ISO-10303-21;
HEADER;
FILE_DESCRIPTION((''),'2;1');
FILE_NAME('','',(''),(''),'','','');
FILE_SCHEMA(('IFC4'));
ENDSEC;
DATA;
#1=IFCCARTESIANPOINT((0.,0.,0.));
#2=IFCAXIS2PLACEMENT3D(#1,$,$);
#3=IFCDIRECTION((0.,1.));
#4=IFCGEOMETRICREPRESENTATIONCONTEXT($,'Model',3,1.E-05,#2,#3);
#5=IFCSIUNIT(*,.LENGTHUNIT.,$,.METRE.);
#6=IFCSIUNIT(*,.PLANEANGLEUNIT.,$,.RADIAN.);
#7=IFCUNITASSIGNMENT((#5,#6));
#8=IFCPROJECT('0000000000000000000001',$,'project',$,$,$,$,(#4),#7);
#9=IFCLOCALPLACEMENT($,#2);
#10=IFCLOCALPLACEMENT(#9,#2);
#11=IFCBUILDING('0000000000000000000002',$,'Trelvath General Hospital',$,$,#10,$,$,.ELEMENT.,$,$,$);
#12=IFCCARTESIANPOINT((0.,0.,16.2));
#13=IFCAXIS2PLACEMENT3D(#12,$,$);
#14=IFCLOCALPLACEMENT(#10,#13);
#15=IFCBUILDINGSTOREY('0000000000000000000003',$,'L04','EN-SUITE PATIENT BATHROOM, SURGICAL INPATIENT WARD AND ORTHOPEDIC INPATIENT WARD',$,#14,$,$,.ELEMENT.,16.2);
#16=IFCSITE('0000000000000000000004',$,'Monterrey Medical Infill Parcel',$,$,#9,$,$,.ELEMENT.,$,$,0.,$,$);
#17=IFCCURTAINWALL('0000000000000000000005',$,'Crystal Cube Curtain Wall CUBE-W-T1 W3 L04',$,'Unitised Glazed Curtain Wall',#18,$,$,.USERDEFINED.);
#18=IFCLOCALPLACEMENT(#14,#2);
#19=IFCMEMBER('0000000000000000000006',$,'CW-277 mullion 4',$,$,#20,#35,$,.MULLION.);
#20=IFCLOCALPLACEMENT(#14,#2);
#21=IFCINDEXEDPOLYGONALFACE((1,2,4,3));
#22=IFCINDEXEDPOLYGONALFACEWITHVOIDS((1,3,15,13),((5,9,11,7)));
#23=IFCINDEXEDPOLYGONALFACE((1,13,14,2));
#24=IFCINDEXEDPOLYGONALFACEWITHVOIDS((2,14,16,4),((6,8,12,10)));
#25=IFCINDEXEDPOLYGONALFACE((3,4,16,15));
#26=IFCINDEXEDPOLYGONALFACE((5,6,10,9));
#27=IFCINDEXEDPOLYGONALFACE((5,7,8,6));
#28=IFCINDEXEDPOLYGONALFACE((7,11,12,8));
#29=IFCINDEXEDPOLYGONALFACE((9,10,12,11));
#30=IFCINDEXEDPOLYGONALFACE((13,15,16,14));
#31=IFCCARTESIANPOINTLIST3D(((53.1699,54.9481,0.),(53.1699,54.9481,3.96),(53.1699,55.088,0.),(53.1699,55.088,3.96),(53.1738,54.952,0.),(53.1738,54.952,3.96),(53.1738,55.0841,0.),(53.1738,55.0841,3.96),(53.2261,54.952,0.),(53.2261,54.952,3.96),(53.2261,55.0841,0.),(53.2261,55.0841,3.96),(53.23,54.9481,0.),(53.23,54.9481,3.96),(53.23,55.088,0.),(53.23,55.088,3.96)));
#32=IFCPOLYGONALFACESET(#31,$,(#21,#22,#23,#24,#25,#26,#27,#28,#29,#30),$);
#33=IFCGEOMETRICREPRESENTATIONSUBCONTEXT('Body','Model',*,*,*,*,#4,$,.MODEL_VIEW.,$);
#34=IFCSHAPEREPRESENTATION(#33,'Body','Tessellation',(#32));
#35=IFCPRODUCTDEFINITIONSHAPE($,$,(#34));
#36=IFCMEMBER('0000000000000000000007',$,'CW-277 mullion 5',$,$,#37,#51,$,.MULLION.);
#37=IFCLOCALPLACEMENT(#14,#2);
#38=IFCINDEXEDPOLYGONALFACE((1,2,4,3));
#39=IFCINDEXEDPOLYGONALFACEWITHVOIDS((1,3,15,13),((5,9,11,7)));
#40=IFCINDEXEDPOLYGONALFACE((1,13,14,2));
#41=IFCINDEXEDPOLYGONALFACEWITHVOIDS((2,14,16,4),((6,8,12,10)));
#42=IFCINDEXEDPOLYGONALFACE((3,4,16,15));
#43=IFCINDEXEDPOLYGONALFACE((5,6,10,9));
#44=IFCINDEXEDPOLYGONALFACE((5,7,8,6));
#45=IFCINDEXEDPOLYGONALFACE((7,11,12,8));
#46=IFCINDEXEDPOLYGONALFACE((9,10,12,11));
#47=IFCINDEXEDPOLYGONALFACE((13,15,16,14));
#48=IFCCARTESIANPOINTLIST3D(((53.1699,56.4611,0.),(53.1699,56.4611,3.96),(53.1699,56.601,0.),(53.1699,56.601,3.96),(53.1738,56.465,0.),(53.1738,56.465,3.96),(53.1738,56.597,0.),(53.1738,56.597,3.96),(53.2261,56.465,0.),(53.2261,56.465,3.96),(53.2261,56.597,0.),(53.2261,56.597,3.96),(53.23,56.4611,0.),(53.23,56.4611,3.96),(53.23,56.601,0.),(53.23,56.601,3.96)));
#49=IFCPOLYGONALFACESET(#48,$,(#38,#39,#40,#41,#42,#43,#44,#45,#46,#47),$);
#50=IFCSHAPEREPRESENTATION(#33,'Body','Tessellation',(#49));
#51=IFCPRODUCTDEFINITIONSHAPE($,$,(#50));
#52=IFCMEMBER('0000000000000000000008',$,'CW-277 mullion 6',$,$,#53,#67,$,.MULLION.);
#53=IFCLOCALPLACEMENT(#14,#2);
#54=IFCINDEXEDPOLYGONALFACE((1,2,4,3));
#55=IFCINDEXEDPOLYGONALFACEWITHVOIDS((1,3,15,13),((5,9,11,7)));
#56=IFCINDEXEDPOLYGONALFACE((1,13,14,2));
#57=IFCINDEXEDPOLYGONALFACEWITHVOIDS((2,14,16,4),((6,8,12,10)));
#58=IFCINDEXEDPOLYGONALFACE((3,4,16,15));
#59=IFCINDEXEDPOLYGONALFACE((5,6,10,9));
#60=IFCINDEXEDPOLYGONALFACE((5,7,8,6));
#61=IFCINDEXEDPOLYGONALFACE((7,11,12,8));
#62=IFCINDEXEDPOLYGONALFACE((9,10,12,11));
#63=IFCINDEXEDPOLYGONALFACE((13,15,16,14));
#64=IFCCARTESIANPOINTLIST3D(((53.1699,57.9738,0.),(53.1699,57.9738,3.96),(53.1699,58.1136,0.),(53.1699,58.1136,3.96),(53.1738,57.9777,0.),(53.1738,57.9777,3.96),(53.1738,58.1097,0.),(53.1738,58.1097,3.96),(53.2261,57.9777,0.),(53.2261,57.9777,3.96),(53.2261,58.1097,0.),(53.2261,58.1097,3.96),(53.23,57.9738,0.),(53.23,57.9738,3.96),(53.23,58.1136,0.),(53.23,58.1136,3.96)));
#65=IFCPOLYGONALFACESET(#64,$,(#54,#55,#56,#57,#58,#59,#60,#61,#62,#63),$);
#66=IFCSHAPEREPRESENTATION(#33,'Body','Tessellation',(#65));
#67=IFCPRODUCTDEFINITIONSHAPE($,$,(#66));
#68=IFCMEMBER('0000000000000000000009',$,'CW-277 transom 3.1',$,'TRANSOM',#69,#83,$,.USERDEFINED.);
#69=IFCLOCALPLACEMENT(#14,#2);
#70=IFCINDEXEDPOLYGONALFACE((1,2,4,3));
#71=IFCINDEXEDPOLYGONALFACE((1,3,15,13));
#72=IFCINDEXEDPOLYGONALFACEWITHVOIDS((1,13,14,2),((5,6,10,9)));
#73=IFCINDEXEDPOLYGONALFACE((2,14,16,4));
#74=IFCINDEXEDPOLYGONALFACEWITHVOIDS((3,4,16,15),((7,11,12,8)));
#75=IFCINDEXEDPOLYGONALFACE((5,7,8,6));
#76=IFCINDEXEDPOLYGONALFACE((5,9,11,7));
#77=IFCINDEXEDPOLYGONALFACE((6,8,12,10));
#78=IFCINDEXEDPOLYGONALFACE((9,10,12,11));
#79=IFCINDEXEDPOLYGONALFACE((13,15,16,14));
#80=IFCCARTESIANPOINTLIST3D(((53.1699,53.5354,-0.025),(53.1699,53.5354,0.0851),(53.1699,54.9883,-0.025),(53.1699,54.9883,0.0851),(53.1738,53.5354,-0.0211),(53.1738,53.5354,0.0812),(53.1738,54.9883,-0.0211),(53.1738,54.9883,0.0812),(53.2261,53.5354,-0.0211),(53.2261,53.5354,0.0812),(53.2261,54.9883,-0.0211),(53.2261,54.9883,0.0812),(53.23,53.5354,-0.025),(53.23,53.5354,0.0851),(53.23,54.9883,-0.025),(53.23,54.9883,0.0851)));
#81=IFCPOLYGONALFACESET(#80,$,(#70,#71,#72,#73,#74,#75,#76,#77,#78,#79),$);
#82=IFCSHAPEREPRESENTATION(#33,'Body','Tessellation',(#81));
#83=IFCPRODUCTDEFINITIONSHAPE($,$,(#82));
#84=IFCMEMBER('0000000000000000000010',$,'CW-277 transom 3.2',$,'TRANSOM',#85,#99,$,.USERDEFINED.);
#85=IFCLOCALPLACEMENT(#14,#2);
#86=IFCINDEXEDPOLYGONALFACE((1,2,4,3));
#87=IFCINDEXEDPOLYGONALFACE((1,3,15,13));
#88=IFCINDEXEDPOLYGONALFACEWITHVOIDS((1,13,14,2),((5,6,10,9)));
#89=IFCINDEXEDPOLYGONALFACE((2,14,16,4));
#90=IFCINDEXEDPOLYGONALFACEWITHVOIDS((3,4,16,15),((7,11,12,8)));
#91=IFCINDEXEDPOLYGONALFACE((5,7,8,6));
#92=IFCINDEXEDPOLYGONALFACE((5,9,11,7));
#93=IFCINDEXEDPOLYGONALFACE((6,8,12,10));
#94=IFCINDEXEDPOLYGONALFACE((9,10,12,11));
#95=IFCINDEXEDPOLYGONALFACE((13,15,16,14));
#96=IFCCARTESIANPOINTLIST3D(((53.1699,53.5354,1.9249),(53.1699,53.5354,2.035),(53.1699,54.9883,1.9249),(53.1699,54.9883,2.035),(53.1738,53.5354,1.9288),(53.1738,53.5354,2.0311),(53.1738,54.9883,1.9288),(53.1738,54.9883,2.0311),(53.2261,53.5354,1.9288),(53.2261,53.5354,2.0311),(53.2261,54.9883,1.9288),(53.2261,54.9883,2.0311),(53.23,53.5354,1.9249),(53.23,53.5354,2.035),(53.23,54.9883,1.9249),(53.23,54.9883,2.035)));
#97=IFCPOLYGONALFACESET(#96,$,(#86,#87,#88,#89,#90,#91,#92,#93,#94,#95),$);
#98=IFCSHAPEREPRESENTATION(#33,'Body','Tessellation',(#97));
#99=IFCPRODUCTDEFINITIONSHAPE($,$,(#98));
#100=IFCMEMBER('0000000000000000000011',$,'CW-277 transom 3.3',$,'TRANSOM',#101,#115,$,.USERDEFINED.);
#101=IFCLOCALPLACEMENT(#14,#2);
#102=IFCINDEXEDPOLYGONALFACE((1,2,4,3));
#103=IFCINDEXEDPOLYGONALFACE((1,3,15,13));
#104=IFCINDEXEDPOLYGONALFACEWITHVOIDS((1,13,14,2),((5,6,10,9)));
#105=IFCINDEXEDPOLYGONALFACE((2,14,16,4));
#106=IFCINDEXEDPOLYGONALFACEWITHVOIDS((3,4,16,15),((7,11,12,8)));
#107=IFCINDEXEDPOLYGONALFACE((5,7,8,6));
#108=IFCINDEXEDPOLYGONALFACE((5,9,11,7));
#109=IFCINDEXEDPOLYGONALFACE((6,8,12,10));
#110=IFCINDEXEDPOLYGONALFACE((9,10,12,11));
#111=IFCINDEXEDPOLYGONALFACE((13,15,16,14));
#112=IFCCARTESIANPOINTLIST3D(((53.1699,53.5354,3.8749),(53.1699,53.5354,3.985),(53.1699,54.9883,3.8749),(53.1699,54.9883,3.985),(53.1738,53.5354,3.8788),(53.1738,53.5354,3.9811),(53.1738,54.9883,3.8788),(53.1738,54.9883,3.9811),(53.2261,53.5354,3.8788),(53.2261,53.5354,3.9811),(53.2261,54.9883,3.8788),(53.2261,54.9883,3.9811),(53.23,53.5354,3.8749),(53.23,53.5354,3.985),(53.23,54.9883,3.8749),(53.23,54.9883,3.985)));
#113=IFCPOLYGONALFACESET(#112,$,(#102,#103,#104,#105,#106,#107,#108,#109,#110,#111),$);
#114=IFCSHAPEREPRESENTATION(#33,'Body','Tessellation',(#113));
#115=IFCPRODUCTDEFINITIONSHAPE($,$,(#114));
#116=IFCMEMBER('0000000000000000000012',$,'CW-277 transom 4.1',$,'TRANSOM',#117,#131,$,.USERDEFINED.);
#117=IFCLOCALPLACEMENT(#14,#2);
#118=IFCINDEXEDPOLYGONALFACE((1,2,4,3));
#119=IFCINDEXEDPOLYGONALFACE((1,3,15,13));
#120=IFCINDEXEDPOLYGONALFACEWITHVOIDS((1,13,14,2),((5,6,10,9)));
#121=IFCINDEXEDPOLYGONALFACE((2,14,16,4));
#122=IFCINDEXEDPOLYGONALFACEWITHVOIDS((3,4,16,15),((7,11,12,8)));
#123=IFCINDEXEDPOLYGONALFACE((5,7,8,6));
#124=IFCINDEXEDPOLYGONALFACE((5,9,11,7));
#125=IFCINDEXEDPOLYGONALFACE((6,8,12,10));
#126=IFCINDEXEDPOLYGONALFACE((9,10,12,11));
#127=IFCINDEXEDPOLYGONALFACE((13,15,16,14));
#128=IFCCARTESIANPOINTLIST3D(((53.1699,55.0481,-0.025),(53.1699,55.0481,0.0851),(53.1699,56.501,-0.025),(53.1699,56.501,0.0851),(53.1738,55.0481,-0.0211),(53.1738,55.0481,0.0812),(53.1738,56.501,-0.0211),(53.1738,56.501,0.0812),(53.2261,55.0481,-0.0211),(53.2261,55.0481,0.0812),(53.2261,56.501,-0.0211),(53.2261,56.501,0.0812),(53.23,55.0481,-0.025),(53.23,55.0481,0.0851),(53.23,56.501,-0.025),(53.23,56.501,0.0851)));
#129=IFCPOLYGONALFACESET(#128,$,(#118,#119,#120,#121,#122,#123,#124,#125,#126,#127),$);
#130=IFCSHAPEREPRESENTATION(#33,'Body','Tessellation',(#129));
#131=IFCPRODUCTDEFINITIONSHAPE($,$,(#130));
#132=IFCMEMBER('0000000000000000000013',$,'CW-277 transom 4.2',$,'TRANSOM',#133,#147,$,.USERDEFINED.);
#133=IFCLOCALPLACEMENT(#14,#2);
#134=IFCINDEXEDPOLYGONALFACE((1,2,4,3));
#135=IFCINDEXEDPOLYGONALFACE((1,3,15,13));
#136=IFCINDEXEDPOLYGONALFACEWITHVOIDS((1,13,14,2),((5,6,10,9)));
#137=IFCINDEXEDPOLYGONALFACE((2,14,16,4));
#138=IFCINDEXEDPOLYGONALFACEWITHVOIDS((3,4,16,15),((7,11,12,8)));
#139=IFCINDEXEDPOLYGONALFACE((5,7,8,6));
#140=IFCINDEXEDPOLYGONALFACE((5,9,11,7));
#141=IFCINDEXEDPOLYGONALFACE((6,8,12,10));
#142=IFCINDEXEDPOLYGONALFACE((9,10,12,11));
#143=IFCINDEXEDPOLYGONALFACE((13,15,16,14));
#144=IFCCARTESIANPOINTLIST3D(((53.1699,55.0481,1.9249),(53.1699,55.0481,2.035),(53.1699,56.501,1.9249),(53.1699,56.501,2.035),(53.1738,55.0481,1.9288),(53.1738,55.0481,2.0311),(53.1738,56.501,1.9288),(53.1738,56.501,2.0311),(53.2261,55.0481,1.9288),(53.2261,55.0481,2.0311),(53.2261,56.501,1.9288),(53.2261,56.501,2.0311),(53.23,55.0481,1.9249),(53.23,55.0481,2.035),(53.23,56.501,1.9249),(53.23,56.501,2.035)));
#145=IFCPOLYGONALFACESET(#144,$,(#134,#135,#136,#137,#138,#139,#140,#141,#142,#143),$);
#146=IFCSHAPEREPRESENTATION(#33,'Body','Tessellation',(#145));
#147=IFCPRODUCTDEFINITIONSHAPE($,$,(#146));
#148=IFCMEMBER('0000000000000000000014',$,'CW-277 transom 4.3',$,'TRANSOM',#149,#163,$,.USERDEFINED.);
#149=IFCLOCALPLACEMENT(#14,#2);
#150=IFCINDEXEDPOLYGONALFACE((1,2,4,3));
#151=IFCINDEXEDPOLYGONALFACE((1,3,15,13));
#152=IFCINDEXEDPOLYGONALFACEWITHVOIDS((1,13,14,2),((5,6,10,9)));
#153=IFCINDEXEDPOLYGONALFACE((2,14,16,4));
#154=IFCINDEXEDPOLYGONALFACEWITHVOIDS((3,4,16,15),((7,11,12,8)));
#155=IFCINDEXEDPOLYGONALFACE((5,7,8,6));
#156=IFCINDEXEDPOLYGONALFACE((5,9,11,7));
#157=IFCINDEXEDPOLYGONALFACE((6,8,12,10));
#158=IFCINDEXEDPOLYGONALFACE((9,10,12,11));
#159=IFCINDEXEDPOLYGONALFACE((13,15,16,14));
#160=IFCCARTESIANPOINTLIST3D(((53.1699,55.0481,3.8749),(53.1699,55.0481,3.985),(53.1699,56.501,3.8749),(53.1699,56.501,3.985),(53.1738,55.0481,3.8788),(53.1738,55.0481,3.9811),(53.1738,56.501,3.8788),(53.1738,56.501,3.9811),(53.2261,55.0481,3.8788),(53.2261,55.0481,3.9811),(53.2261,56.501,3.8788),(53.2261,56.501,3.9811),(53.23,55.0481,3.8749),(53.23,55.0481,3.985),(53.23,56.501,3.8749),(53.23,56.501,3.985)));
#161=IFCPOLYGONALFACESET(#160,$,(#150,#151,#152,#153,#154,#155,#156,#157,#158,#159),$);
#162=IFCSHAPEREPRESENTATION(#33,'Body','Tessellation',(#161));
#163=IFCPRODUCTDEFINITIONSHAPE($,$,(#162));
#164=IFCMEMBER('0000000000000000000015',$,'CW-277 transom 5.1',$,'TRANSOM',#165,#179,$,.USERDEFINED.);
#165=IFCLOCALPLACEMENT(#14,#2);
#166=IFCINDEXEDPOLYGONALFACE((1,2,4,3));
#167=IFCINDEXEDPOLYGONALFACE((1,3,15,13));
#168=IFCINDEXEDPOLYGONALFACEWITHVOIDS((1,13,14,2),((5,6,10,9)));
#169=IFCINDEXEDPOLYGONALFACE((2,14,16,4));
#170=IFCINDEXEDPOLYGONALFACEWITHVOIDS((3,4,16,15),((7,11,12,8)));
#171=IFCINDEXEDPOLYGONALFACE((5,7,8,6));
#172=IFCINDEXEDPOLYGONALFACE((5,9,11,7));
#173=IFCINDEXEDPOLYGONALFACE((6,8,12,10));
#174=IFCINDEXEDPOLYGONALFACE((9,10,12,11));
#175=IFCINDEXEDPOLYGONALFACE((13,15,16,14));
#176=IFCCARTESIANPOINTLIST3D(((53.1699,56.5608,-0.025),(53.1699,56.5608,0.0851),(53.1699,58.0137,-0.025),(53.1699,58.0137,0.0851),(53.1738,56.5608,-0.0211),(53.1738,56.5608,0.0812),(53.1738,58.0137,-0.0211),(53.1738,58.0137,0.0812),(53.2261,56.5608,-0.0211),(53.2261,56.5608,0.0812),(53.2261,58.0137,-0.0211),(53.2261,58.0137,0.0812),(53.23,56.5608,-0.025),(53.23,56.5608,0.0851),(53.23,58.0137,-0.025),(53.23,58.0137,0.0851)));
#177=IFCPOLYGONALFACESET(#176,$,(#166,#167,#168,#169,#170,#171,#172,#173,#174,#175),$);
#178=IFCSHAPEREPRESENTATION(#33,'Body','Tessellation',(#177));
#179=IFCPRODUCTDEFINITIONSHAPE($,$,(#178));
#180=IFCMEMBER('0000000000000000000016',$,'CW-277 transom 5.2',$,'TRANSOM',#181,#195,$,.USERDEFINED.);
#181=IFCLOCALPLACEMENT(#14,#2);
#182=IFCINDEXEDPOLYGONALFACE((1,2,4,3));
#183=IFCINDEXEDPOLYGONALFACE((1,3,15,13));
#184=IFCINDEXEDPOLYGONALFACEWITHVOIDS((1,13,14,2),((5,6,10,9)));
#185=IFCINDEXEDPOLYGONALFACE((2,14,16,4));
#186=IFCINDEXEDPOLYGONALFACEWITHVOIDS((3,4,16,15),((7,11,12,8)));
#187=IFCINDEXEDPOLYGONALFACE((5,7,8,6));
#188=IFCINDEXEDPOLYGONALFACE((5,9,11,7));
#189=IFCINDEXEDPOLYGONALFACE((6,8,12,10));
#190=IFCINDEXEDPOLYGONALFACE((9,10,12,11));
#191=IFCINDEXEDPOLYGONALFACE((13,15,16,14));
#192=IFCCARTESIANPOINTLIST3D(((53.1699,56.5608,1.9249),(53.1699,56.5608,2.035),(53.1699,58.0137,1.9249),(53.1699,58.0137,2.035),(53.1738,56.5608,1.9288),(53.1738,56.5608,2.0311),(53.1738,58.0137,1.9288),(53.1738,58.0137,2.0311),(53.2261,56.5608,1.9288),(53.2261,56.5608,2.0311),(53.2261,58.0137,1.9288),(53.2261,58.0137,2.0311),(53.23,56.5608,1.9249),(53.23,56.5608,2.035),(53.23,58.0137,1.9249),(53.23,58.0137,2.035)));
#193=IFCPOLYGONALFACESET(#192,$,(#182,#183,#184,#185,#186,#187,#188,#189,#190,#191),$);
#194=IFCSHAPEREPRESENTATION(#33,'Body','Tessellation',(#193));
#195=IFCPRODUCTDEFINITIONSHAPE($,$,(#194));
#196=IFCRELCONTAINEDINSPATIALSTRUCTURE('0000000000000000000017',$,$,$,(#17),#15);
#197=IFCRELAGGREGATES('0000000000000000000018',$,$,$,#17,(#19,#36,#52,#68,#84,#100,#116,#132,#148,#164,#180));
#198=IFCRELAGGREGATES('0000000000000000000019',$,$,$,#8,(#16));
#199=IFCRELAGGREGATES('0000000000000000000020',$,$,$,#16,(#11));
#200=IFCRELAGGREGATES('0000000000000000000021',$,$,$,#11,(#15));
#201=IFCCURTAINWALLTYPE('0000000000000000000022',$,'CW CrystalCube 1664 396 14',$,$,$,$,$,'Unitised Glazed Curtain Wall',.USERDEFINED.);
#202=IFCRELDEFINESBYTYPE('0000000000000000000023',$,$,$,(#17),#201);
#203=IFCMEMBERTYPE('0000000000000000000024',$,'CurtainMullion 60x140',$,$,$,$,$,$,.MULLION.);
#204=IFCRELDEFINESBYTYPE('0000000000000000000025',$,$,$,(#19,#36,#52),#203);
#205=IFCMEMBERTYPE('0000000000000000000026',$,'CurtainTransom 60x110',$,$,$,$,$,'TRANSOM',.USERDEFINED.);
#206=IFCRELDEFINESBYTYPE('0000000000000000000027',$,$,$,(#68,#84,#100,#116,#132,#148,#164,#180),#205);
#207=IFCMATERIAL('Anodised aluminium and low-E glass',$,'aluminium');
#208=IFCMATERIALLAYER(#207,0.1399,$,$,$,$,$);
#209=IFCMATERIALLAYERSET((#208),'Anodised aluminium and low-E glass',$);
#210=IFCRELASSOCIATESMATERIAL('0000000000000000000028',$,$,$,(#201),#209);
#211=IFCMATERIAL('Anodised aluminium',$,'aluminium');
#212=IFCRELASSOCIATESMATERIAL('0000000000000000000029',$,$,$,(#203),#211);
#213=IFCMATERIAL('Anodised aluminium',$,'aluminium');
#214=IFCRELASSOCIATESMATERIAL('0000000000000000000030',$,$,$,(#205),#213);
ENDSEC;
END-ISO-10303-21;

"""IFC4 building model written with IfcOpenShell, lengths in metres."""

from ifc_helpers import new_model, si_unit, direction, frame, origin, origin_2d, place, context, subcontext, project, spatial, hollow_rectangle, extrude, material, layer, layer_set, material_profile, profile_set, type_object, element, aggregate, save


model = new_model("IFC4")

# Units and contexts
model_context = context("Model", 3, precision=1e-05, world=origin(), true_north=direction((0.0, 1.0)))
body_context = subcontext(model_context, "Body", "Model", "MODEL_VIEW")
ifc_project = project(units=[si_unit("LENGTHUNIT", "METRE"), si_unit("PLANEANGLEUNIT", "RADIAN")], contexts=[model_context])

# Site, building, storey
site_placement = place(None, origin())
site = spatial("IfcSite", under=ifc_project, at=site_placement, Name="Monterrey Medical Infill Parcel", CompositionType="ELEMENT", RefElevation=0.0)
building_placement = place(site_placement, origin())
building = spatial("IfcBuilding", under=site, at=building_placement, Name="Trelvath General Hospital", CompositionType="ELEMENT")
storey_placement = place(building_placement, frame((0.0, 0.0, 16.2)))
storey = spatial("IfcBuildingStorey", under=building, at=storey_placement, Name="L04", Description="EN-SUITE PATIENT BATHROOM, SURGICAL INPATIENT WARD AND ORTHOPEDIC INPATIENT WARD", CompositionType="ELEMENT", Elevation=16.2)

# Curtain wall, members
ifc_material_1 = material(Name="Anodised aluminium and low-E glass", Category="aluminium")
ifc_layer_1 = layer(ifc_material_1, 0.1399)
ifc_layer_set_1 = layer_set([ifc_layer_1], Name="Anodised aluminium and low-E glass")
curtain_wall_type = type_object("IfcCurtainWallType", Name="CW CrystalCube 1664 396 14", ElementType="Unitised Glazed Curtain Wall", PredefinedType="USERDEFINED", material=ifc_layer_set_1)
curtain_wall_placement = place(storey_placement, origin())
curtain_wall = element("IfcCurtainWall", 1, at=curtain_wall_placement, inside=storey, type_object=curtain_wall_type, Name="Crystal Cube Curtain Wall CUBE-W-T1 W3 L04", ObjectType="Unitised Glazed Curtain Wall", PredefinedType="USERDEFINED")
ifc_material_2 = material(Name="Anodised aluminium", Category="aluminium")
ifc_material_profile_1 = material_profile(ifc_material_2, hollow_rectangle(XDim=0.0601, YDim=0.1399, WallThickness=0.0039, at=origin_2d()), Name="RHS60x140x4")
ifc_profile_set_1 = profile_set([ifc_material_profile_1], Name="Anodised aluminium")
member_type_1 = type_object("IfcMemberType", Name="CurtainMullion 60x140", PredefinedType="MULLION", material=ifc_profile_set_1)
member_1_placement = place(storey_placement, frame((53.2, 55.0181, 0.0), z_axis=(0.0, 0.0, 1.0), x_axis=(-1.0, 0.0, 0.0)))
member_1 = element("IfcMember", 2, at=member_1_placement, type_object=member_type_1, Name="CW-277 mullion 4", PredefinedType="MULLION", context=body_context, shape_type="SweptSolid", body=[
    extrude(hollow_rectangle(XDim=0.0601, YDim=0.1399, WallThickness=0.0039, at=origin_2d()), origin(), (0.0, 0.0, 1.0), 3.96),
])
member_2_placement = place(storey_placement, frame((53.2, 56.531, 0.0), z_axis=(0.0, 0.0, 1.0), x_axis=(-1.0, 0.0, 0.0)))
member_2 = element("IfcMember", 3, at=member_2_placement, type_object=member_type_1, Name="CW-277 mullion 5", PredefinedType="MULLION", context=body_context, shape_type="SweptSolid", body=[
    extrude(hollow_rectangle(XDim=0.0601, YDim=0.1399, WallThickness=0.0039, at=origin_2d()), origin(), (0.0, 0.0, 1.0), 3.96),
])
member_3_placement = place(storey_placement, frame((53.2, 58.0437, 0.0), z_axis=(0.0, 0.0, 1.0), x_axis=(-1.0, 0.0, 0.0)))
member_3 = element("IfcMember", 4, at=member_3_placement, type_object=member_type_1, Name="CW-277 mullion 6", PredefinedType="MULLION", context=body_context, shape_type="SweptSolid", body=[
    extrude(hollow_rectangle(XDim=0.0601, YDim=0.1399, WallThickness=0.0039, at=origin_2d()), origin(), (0.0, 0.0, 1.0), 3.96),
])
ifc_material_3 = material(Name="Anodised aluminium", Category="aluminium")
ifc_material_profile_2 = material_profile(ifc_material_3, hollow_rectangle(XDim=0.0601, YDim=0.1101, WallThickness=0.0039, at=origin_2d()), Name="RHS60x110x4")
ifc_profile_set_2 = profile_set([ifc_material_profile_2], Name="Anodised aluminium")
member_type_2 = type_object("IfcMemberType", Name="CurtainTransom 60x110", ElementType="TRANSOM", PredefinedType="USERDEFINED", material=ifc_profile_set_2)
member_4_placement = place(storey_placement, frame((53.2, 53.5354, 0.03), z_axis=(0.0, 1.0, 0.0), x_axis=(-1.0, 0.0, 0.0)))
member_4 = element("IfcMember", 5, at=member_4_placement, type_object=member_type_2, Name="CW-277 transom 3.1", ObjectType="TRANSOM", PredefinedType="USERDEFINED", context=body_context, shape_type="SweptSolid", body=[
    extrude(hollow_rectangle(XDim=0.0601, YDim=0.1101, WallThickness=0.0039, at=origin_2d()), origin(), (0.0, 0.0, 1.0), 1.4529),
])
member_5_placement = place(storey_placement, frame((53.2, 53.5354, 1.98), z_axis=(0.0, 1.0, 0.0), x_axis=(-1.0, 0.0, 0.0)))
member_5 = element("IfcMember", 6, at=member_5_placement, type_object=member_type_2, Name="CW-277 transom 3.2", ObjectType="TRANSOM", PredefinedType="USERDEFINED", context=body_context, shape_type="SweptSolid", body=[
    extrude(hollow_rectangle(XDim=0.0601, YDim=0.1101, WallThickness=0.0039, at=origin_2d()), origin(), (0.0, 0.0, 1.0), 1.4529),
])
member_6_placement = place(storey_placement, frame((53.2, 53.5354, 3.9299), z_axis=(0.0, 1.0, 0.0), x_axis=(-1.0, 0.0, 0.0)))
member_6 = element("IfcMember", 7, at=member_6_placement, type_object=member_type_2, Name="CW-277 transom 3.3", ObjectType="TRANSOM", PredefinedType="USERDEFINED", context=body_context, shape_type="SweptSolid", body=[
    extrude(hollow_rectangle(XDim=0.0601, YDim=0.1101, WallThickness=0.0039, at=origin_2d()), origin(), (0.0, 0.0, 1.0), 1.4529),
])
member_7_placement = place(storey_placement, frame((53.2, 55.0481, 0.03), z_axis=(0.0, 1.0, 0.0), x_axis=(-1.0, 0.0, 0.0)))
member_7 = element("IfcMember", 8, at=member_7_placement, type_object=member_type_2, Name="CW-277 transom 4.1", ObjectType="TRANSOM", PredefinedType="USERDEFINED", context=body_context, shape_type="SweptSolid", body=[
    extrude(hollow_rectangle(XDim=0.0601, YDim=0.1101, WallThickness=0.0039, at=origin_2d()), origin(), (0.0, 0.0, 1.0), 1.4529),
])
member_8_placement = place(storey_placement, frame((53.2, 55.0481, 1.98), z_axis=(0.0, 1.0, 0.0), x_axis=(-1.0, 0.0, 0.0)))
member_8 = element("IfcMember", 9, at=member_8_placement, type_object=member_type_2, Name="CW-277 transom 4.2", ObjectType="TRANSOM", PredefinedType="USERDEFINED", context=body_context, shape_type="SweptSolid", body=[
    extrude(hollow_rectangle(XDim=0.0601, YDim=0.1101, WallThickness=0.0039, at=origin_2d()), origin(), (0.0, 0.0, 1.0), 1.4529),
])
member_9_placement = place(storey_placement, frame((53.2, 55.0481, 3.9299), z_axis=(0.0, 1.0, 0.0), x_axis=(-1.0, 0.0, 0.0)))
member_9 = element("IfcMember", 10, at=member_9_placement, type_object=member_type_2, Name="CW-277 transom 4.3", ObjectType="TRANSOM", PredefinedType="USERDEFINED", context=body_context, shape_type="SweptSolid", body=[
    extrude(hollow_rectangle(XDim=0.0601, YDim=0.1101, WallThickness=0.0039, at=origin_2d()), origin(), (0.0, 0.0, 1.0), 1.4529),
])
member_10_placement = place(storey_placement, frame((53.2, 56.5608, 0.03), z_axis=(0.0, 1.0, 0.0), x_axis=(-1.0, 0.0, 0.0)))
member_10 = element("IfcMember", 11, at=member_10_placement, type_object=member_type_2, Name="CW-277 transom 5.1", ObjectType="TRANSOM", PredefinedType="USERDEFINED", context=body_context, shape_type="SweptSolid", body=[
    extrude(hollow_rectangle(XDim=0.0601, YDim=0.1101, WallThickness=0.0039, at=origin_2d()), origin(), (0.0, 0.0, 1.0), 1.4529),
])
member_11_placement = place(storey_placement, frame((53.2, 56.5608, 1.98), z_axis=(0.0, 1.0, 0.0), x_axis=(-1.0, 0.0, 0.0)))
member_11 = element("IfcMember", 12, at=member_11_placement, type_object=member_type_2, Name="CW-277 transom 5.2", ObjectType="TRANSOM", PredefinedType="USERDEFINED", context=body_context, shape_type="SweptSolid", body=[
    extrude(hollow_rectangle(XDim=0.0601, YDim=0.1101, WallThickness=0.0039, at=origin_2d()), origin(), (0.0, 0.0, 1.0), 1.4529),
])
aggregate(curtain_wall, [member_1, member_2, member_3, member_4, member_5, member_6, member_7, member_8, member_9, member_10, member_11])

save(model, "model.ifc")
